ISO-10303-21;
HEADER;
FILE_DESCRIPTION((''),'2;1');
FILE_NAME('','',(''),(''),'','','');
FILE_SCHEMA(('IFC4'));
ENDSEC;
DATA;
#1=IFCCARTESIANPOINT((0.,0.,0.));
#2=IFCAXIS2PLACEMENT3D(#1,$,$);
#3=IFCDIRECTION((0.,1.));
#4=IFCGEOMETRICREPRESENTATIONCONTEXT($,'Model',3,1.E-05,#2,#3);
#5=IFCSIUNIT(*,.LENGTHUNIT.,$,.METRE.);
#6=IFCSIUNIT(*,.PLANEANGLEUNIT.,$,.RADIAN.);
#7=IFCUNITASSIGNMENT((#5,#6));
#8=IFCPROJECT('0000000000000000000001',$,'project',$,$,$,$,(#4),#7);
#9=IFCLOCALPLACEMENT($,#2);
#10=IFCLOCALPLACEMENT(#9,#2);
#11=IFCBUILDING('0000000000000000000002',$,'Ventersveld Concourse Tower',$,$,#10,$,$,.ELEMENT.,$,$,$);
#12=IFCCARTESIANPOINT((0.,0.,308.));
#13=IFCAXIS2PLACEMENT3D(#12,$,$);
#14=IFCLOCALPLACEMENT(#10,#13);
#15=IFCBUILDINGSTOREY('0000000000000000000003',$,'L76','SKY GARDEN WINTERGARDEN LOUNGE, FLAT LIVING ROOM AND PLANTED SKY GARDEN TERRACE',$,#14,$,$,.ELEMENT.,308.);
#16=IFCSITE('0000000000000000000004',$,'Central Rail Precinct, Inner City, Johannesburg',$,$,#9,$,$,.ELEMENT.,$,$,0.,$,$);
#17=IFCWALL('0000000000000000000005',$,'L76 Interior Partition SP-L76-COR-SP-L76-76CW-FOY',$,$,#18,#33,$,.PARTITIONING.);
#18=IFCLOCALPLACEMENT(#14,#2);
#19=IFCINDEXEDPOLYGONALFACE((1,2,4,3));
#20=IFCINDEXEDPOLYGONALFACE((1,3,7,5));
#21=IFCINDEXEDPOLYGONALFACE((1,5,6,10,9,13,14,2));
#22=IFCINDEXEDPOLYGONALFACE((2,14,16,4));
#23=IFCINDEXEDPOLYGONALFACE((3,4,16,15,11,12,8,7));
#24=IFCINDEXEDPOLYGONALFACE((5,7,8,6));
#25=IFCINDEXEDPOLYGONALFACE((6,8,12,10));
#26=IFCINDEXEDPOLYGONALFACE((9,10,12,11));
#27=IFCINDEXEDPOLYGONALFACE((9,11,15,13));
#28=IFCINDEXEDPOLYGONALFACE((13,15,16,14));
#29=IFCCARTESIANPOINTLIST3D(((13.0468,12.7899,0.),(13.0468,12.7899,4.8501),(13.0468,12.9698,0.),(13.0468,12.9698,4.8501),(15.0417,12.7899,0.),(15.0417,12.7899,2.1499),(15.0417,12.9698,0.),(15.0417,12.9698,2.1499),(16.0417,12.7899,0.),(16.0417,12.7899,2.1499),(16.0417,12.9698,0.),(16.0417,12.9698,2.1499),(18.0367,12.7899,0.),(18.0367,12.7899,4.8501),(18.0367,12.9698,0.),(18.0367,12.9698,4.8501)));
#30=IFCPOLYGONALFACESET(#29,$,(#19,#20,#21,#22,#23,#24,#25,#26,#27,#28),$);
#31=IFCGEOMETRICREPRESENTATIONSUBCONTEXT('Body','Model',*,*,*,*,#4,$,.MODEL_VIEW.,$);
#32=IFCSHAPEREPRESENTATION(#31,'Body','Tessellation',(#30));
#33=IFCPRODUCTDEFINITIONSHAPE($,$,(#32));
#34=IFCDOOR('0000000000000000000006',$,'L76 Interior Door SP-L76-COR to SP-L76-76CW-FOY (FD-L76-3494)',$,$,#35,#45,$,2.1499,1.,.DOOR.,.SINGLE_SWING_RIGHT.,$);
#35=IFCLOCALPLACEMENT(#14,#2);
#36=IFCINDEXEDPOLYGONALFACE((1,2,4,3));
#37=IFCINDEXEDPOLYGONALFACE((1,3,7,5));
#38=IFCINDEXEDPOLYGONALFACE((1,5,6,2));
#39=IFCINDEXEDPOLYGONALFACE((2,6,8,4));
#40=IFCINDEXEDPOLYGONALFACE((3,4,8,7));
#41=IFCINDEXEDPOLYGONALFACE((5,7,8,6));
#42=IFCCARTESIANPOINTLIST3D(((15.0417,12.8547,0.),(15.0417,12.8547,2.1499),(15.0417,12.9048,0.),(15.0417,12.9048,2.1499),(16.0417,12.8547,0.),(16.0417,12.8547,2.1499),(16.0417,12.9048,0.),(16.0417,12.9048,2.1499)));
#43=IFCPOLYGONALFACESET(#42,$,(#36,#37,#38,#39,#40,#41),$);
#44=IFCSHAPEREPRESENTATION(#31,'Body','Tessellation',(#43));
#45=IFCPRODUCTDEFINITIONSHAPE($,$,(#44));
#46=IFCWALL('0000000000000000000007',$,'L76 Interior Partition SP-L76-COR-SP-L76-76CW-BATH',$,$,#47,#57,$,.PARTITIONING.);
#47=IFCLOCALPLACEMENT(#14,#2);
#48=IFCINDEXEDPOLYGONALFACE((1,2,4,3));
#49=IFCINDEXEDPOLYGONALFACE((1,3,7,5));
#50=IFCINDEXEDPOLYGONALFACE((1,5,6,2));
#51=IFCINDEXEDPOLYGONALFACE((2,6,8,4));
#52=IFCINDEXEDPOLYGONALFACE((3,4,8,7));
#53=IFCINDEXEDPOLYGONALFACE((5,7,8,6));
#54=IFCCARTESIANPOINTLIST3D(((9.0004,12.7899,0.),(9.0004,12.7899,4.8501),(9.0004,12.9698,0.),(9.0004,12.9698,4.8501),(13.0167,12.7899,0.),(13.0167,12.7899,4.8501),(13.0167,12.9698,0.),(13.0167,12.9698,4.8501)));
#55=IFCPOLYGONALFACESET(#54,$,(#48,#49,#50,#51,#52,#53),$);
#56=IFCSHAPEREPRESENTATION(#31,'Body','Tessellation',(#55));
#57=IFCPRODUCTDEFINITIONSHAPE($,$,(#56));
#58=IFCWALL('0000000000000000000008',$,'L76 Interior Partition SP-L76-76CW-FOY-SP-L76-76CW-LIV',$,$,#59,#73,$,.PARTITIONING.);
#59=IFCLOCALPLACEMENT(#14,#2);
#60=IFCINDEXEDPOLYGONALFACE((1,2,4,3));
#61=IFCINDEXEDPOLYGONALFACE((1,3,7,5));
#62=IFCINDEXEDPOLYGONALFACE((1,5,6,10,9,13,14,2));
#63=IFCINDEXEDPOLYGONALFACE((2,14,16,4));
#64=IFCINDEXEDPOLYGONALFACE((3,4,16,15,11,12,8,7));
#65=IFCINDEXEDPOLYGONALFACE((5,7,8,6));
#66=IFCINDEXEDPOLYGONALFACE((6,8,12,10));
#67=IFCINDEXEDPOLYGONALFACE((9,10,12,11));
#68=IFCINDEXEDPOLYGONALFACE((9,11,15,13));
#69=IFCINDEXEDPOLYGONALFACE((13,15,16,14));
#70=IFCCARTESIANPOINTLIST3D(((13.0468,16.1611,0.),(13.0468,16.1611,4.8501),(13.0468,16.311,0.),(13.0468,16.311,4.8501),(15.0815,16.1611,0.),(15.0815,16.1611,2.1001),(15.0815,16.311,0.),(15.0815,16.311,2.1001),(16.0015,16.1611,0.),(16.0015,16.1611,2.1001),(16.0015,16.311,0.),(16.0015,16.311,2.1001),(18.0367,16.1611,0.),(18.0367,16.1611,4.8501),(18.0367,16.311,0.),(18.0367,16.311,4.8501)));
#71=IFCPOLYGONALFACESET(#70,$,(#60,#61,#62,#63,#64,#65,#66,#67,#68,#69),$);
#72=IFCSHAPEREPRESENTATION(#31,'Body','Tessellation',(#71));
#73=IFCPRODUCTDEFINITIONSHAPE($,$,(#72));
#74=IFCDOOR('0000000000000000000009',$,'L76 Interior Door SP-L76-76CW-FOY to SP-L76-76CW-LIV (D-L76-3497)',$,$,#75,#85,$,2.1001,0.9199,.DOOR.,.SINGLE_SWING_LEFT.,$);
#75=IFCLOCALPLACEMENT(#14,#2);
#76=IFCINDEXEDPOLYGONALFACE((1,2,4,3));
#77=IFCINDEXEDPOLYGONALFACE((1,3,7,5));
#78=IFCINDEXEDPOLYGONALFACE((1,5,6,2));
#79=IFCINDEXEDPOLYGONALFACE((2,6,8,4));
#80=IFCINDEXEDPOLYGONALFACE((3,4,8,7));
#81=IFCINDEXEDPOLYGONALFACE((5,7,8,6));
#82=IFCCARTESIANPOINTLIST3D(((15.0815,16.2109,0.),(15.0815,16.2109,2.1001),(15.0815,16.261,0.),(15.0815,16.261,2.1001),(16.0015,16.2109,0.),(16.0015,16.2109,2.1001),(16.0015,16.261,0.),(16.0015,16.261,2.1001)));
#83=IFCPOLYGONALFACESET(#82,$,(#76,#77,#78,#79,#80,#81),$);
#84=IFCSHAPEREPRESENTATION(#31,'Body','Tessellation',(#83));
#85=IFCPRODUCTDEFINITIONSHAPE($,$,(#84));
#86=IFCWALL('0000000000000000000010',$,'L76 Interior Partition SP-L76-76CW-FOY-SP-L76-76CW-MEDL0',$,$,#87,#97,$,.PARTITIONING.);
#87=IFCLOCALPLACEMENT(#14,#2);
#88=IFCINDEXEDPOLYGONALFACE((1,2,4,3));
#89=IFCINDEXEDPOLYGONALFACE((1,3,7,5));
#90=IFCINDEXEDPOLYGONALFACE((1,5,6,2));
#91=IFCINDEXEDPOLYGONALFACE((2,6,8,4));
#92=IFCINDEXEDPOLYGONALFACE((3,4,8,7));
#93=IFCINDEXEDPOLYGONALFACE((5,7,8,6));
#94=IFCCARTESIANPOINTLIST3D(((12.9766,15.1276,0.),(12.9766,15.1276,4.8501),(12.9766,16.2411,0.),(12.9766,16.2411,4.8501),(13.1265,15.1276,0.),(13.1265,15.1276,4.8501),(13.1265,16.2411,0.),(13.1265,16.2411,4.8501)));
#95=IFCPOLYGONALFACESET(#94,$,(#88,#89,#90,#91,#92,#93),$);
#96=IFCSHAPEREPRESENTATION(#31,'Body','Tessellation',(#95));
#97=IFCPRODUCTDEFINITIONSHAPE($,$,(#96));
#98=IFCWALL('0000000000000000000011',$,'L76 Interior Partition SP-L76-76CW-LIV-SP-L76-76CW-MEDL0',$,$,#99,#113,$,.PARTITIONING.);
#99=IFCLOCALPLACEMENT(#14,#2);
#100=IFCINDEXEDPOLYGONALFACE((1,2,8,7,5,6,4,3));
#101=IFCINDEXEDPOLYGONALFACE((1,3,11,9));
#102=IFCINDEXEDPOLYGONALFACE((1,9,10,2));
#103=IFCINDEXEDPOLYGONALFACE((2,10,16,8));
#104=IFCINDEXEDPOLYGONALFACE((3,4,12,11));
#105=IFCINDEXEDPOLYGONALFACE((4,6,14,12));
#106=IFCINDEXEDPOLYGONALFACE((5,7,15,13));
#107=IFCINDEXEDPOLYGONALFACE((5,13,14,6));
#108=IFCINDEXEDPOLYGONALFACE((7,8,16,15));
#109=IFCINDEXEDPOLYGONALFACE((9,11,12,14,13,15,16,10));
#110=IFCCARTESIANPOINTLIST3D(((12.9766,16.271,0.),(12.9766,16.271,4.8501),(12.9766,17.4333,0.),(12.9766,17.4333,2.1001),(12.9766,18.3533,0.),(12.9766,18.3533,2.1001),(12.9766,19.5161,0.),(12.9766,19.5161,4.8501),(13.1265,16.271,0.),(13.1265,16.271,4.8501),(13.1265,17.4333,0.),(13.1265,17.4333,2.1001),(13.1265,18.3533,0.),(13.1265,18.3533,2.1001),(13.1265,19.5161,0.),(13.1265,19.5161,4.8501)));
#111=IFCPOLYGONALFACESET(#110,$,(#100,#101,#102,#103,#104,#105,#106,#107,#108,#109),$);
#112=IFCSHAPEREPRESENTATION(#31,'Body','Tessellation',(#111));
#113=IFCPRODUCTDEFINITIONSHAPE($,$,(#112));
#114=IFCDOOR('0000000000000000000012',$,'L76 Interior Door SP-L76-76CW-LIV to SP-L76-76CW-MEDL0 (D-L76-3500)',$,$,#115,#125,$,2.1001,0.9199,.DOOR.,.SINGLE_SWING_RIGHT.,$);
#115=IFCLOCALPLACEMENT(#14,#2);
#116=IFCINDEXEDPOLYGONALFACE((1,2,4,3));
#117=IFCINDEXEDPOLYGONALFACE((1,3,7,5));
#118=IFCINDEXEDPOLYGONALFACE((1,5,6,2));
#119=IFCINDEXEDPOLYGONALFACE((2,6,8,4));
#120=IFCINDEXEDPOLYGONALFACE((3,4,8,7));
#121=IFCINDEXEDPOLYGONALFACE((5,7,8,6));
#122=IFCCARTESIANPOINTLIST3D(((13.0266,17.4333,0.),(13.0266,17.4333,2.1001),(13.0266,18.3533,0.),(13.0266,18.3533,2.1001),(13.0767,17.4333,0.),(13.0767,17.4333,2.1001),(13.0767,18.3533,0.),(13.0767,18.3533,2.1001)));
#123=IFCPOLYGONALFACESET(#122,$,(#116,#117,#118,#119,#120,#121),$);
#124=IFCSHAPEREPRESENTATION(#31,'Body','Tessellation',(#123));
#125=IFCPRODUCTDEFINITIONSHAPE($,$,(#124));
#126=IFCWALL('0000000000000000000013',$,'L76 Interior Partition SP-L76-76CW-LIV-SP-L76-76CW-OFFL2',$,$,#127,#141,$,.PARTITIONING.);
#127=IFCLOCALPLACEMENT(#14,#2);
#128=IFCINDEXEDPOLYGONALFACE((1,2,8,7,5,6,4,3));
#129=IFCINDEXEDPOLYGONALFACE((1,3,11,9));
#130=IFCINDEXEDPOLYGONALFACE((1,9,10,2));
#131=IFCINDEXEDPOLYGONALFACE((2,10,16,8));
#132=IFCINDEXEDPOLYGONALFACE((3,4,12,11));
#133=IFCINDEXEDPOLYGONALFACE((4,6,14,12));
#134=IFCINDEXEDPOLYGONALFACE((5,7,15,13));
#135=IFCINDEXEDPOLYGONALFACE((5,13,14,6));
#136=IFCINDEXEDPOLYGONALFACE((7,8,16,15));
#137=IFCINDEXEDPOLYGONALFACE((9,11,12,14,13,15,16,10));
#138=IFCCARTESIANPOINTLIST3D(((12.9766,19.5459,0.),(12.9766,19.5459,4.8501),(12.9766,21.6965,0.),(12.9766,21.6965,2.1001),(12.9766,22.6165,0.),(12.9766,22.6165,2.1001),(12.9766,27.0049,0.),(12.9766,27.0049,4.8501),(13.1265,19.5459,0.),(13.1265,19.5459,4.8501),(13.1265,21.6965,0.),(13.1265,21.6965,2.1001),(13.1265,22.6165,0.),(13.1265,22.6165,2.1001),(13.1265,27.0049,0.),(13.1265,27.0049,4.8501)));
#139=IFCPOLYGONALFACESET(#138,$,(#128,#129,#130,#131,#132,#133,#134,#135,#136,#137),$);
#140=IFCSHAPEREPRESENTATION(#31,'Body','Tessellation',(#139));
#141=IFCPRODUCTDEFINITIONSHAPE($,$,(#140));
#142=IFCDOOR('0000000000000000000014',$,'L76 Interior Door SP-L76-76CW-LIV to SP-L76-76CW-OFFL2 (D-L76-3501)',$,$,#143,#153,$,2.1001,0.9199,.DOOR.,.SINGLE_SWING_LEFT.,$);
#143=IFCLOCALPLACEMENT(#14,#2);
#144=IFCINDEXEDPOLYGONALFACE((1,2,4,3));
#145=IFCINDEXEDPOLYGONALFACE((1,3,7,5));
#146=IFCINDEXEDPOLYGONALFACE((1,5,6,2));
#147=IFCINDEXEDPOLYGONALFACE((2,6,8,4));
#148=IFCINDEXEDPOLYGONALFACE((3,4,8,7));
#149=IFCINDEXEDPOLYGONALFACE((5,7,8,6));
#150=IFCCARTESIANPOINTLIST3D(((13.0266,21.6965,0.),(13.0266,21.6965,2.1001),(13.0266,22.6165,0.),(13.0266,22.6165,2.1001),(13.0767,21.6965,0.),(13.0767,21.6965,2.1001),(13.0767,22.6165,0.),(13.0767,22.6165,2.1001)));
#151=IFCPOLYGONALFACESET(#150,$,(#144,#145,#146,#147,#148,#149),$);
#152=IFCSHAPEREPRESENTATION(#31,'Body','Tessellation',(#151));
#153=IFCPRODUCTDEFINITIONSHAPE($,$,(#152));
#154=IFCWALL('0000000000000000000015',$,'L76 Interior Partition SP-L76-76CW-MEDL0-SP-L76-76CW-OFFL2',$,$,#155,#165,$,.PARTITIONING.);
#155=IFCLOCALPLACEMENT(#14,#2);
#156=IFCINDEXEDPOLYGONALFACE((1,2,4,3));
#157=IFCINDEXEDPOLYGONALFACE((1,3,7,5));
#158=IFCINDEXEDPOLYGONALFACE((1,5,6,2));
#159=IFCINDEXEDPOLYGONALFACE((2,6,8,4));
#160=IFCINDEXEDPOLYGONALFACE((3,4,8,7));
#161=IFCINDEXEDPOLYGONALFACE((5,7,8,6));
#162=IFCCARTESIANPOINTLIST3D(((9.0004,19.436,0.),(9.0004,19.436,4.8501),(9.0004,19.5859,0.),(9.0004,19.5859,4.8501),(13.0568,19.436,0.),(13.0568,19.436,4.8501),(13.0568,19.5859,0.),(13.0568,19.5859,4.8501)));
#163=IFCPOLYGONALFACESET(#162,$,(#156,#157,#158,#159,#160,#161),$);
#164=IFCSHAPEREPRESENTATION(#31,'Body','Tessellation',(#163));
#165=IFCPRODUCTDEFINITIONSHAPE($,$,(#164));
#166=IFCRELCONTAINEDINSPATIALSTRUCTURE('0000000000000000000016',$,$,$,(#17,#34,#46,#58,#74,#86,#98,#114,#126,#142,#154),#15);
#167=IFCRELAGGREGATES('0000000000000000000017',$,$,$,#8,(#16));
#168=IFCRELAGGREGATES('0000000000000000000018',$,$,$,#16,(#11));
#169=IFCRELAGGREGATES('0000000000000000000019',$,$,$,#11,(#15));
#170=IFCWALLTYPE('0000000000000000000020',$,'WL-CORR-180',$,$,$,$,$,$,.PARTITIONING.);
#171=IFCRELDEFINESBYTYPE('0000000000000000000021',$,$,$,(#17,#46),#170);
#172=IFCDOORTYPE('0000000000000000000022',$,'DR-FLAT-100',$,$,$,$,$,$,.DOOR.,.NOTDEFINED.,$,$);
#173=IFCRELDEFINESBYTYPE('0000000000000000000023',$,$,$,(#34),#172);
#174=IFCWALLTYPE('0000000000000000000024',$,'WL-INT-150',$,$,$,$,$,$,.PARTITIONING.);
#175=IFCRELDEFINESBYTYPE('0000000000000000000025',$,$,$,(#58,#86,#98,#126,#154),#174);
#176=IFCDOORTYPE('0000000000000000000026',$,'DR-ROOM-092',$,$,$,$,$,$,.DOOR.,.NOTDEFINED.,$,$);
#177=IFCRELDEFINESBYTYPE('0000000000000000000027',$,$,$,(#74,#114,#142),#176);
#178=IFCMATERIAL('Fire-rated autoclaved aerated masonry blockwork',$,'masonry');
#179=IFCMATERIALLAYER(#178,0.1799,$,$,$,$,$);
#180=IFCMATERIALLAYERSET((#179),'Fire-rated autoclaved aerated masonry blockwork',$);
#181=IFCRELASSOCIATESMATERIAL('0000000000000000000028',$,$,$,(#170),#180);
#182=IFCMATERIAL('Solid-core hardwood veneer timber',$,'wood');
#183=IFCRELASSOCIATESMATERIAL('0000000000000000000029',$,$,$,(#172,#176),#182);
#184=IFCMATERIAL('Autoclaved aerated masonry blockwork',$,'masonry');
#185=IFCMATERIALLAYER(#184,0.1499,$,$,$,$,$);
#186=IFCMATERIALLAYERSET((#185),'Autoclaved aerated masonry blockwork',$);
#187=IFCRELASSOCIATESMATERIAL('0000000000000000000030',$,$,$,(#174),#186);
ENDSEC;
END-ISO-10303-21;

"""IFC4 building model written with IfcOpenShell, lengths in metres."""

from ifc_helpers import new_model, si_unit, direction, frame, frame_2d, origin, place, context, subcontext, project, spatial, rectangle, extrude, material, layer, layer_set, type_object, element, fill, save


model = new_model("IFC4")

# Units and contexts
model_context = context("Model", 3, precision=1e-05, world=origin(), true_north=direction((0.0, 1.0)))
body_context = subcontext(model_context, "Body", "Model", "MODEL_VIEW")
ifc_project = project(units=[si_unit("LENGTHUNIT", "METRE"), si_unit("PLANEANGLEUNIT", "RADIAN")], contexts=[model_context])

# Site, building, storey
site_placement = place(None, origin())
site = spatial("IfcSite", under=ifc_project, at=site_placement, Name="Central Rail Precinct, Inner City, Johannesburg", CompositionType="ELEMENT", RefElevation=0.0)
building_placement = place(site_placement, origin())
building = spatial("IfcBuilding", under=site, at=building_placement, Name="Ventersveld Concourse Tower", CompositionType="ELEMENT")
storey_placement = place(building_placement, frame((0.0, 0.0, 308.0)))
storey = spatial("IfcBuildingStorey", under=building, at=storey_placement, Name="L76", Description="SKY GARDEN WINTERGARDEN LOUNGE, FLAT LIVING ROOM AND PLANTED SKY GARDEN TERRACE", CompositionType="ELEMENT", Elevation=308.0)

# Wall, opening, door
ifc_material_1 = material(Name="Fire-rated autoclaved aerated masonry blockwork", Category="masonry")
ifc_layer_1 = layer(ifc_material_1, 0.1799)
ifc_layer_set_1 = layer_set([ifc_layer_1], Name="Fire-rated autoclaved aerated masonry blockwork")
wall_type_1 = type_object("IfcWallType", Name="WL-CORR-180", PredefinedType="PARTITIONING", material=ifc_layer_set_1)
ifc_material_2 = material(Name="Solid-core hardwood veneer timber", Category="wood")
door_type_1 = type_object("IfcDoorType", Name="DR-FLAT-100", OperationType="NOTDEFINED", PredefinedType="DOOR", material=ifc_material_2)
wall_1_placement = place(storey_placement, frame((13.0466, 12.8799, 0.0), z_axis=(0.0, 0.0, 1.0), x_axis=(1.0, 0.0, 0.0)))
wall_1 = element("IfcWall", 1, at=wall_1_placement, inside=storey, type_object=wall_type_1, Name="L76 Interior Partition SP-L76-COR-SP-L76-76CW-FOY", PredefinedType="PARTITIONING", context=body_context, shape_type="SweptSolid", body=[
    extrude(rectangle(XDim=4.99, YDim=0.1799, at=frame_2d((2.4951, 0.0))), origin(), (0.0, 0.0, 1.0), 4.8501),
])
opening_1_placement = place(wall_1_placement, frame((1.9951, 0.0, 0.0)))
opening_1 = element("IfcOpeningElement", 2, at=opening_1_placement, cuts=wall_1, PredefinedType="OPENING", context=body_context, shape_type="SweptSolid", body=[
    extrude(rectangle(XDim=1.0, YDim=2.1499, at=frame_2d((0.5, 1.075))), frame((0.0, 0.1001, 0.0), z_axis=(0.0, -1.0, 0.0), x_axis=(1.0, 0.0, 0.0)), (0.0, 0.0, 1.0), 0.2),
])
door_1_placement = place(opening_1_placement, origin())
door_1 = element("IfcDoor", 3, at=door_1_placement, inside=storey, type_object=door_type_1, Name="L76 Interior Door SP-L76-COR to SP-L76-76CW-FOY (FD-L76-3494)", OperationType="SINGLE_SWING_RIGHT", OverallHeight=2.1499, OverallWidth=1.0, PredefinedType="DOOR", context=body_context, shape_type="SweptSolid", body=[
    extrude(rectangle(XDim=1.0, YDim=2.1499, at=frame_2d((0.5, 1.075))), frame((0.0, 0.0249, 0.0), z_axis=(0.0, -1.0, 0.0), x_axis=(1.0, 0.0, 0.0)), (0.0, 0.0, 1.0), 0.05),
])
fill(opening_1, door_1)

# Wall
wall_2_placement = place(storey_placement, frame((9.0002, 12.8799, 0.0), z_axis=(0.0, 0.0, 1.0), x_axis=(1.0, 0.0, 0.0)))
element("IfcWall", 4, at=wall_2_placement, inside=storey, type_object=wall_type_1, Name="L76 Interior Partition SP-L76-COR-SP-L76-76CW-BATH", PredefinedType="PARTITIONING", context=body_context, shape_type="SweptSolid", body=[
    extrude(rectangle(XDim=4.0164, YDim=0.1799, at=frame_2d((2.0083, 0.0))), origin(), (0.0, 0.0, 1.0), 4.8501),
])

# Wall, opening, door
ifc_material_3 = material(Name="Autoclaved aerated masonry blockwork", Category="masonry")
ifc_layer_2 = layer(ifc_material_3, 0.1499)
ifc_layer_set_2 = layer_set([ifc_layer_2], Name="Autoclaved aerated masonry blockwork")
wall_type_2 = type_object("IfcWallType", Name="WL-INT-150", PredefinedType="PARTITIONING", material=ifc_layer_set_2)
wall_3_placement = place(storey_placement, frame((13.0466, 16.2361, 0.0), z_axis=(0.0, 0.0, 1.0), x_axis=(1.0, 0.0, 0.0)))
wall_3 = element("IfcWall", 5, at=wall_3_placement, inside=storey, type_object=wall_type_2, Name="L76 Interior Partition SP-L76-76CW-FOY-SP-L76-76CW-LIV", PredefinedType="PARTITIONING", context=body_context, shape_type="SweptSolid", body=[
    extrude(rectangle(XDim=4.99, YDim=0.1499, at=frame_2d((2.4951, 0.0))), origin(), (0.0, 0.0, 1.0), 4.8501),
])
opening_2_placement = place(wall_3_placement, frame((2.0349, 0.0, 0.0)))
opening_2 = element("IfcOpeningElement", 6, at=opening_2_placement, cuts=wall_3, PredefinedType="OPENING", context=body_context, shape_type="SweptSolid", body=[
    extrude(rectangle(XDim=0.9199, YDim=2.1001, at=frame_2d((0.46, 1.05))), frame((0.0, 0.085, 0.0), z_axis=(0.0, -1.0, 0.0), x_axis=(1.0, 0.0, 0.0)), (0.0, 0.0, 1.0), 0.1699),
])
door_type_2 = type_object("IfcDoorType", Name="DR-ROOM-092", OperationType="NOTDEFINED", PredefinedType="DOOR", material=ifc_material_2)
door_2_placement = place(opening_2_placement, origin())
door_2 = element("IfcDoor", 7, at=door_2_placement, inside=storey, type_object=door_type_2, Name="L76 Interior Door SP-L76-76CW-FOY to SP-L76-76CW-LIV (D-L76-3497)", OperationType="SINGLE_SWING_LEFT", OverallHeight=2.1001, OverallWidth=0.9199, PredefinedType="DOOR", context=body_context, shape_type="SweptSolid", body=[
    extrude(rectangle(XDim=0.9199, YDim=2.1001, at=frame_2d((0.46, 1.05))), frame((0.0, 0.0249, 0.0), z_axis=(0.0, -1.0, 0.0), x_axis=(1.0, 0.0, 0.0)), (0.0, 0.0, 1.0), 0.05),
])
fill(opening_2, door_2)

# Wall
wall_4_placement = place(storey_placement, frame((13.0515, 15.1277, 0.0), z_axis=(0.0, 0.0, 1.0), x_axis=(0.0, 1.0, 0.0)))
element("IfcWall", 8, at=wall_4_placement, inside=storey, type_object=wall_type_2, Name="L76 Interior Partition SP-L76-76CW-FOY-SP-L76-76CW-MEDL0", PredefinedType="PARTITIONING", context=body_context, shape_type="SweptSolid", body=[
    extrude(rectangle(XDim=1.1135, YDim=0.1499, at=frame_2d((0.5566, 0.0))), origin(), (0.0, 0.0, 1.0), 4.8501),
])

# Walls, openings, doors
wall_5_placement = place(storey_placement, frame((13.0515, 16.271, 0.0), z_axis=(0.0, 0.0, 1.0), x_axis=(0.0, 1.0, 0.0)))
wall_5 = element("IfcWall", 9, at=wall_5_placement, inside=storey, type_object=wall_type_2, Name="L76 Interior Partition SP-L76-76CW-LIV-SP-L76-76CW-MEDL0", PredefinedType="PARTITIONING", context=body_context, shape_type="SweptSolid", body=[
    extrude(rectangle(XDim=3.2451, YDim=0.1499, at=frame_2d((1.6226, 0.0))), origin(), (0.0, 0.0, 1.0), 4.8501),
])
opening_3_placement = place(wall_5_placement, frame((1.1624, 0.0, 0.0)))
opening_3 = element("IfcOpeningElement", 10, at=opening_3_placement, cuts=wall_5, PredefinedType="OPENING", context=body_context, shape_type="SweptSolid", body=[
    extrude(rectangle(XDim=0.9199, YDim=2.1001, at=frame_2d((0.46, 1.05))), frame((0.0, 0.085, 0.0), z_axis=(0.0, -1.0, 0.0), x_axis=(1.0, 0.0, 0.0)), (0.0, 0.0, 1.0), 0.1699),
])
door_3_placement = place(opening_3_placement, origin())
door_3 = element("IfcDoor", 11, at=door_3_placement, inside=storey, type_object=door_type_2, Name="L76 Interior Door SP-L76-76CW-LIV to SP-L76-76CW-MEDL0 (D-L76-3500)", OperationType="SINGLE_SWING_RIGHT", OverallHeight=2.1001, OverallWidth=0.9199, PredefinedType="DOOR", context=body_context, shape_type="SweptSolid", body=[
    extrude(rectangle(XDim=0.9199, YDim=2.1001, at=frame_2d((0.46, 1.05))), frame((0.0, 0.0249, 0.0), z_axis=(0.0, -1.0, 0.0), x_axis=(1.0, 0.0, 0.0)), (0.0, 0.0, 1.0), 0.05),
])
fill(opening_3, door_3)
wall_6_placement = place(storey_placement, frame((13.0515, 19.5459, 0.0), z_axis=(0.0, 0.0, 1.0), x_axis=(0.0, 1.0, 0.0)))
wall_6 = element("IfcWall", 12, at=wall_6_placement, inside=storey, type_object=wall_type_2, Name="L76 Interior Partition SP-L76-76CW-LIV-SP-L76-76CW-OFFL2", PredefinedType="PARTITIONING", context=body_context, shape_type="SweptSolid", body=[
    extrude(rectangle(XDim=7.459, YDim=0.1499, at=frame_2d((3.7295, 0.0))), origin(), (0.0, 0.0, 1.0), 4.8501),
])
opening_4_placement = place(wall_6_placement, frame((2.1506, 0.0, 0.0)))
opening_4 = element("IfcOpeningElement", 13, at=opening_4_placement, cuts=wall_6, PredefinedType="OPENING", context=body_context, shape_type="SweptSolid", body=[
    extrude(rectangle(XDim=0.9199, YDim=2.1001, at=frame_2d((0.46, 1.05))), frame((0.0, 0.085, 0.0), z_axis=(0.0, -1.0, 0.0), x_axis=(1.0, 0.0, 0.0)), (0.0, 0.0, 1.0), 0.1699),
])
door_4_placement = place(opening_4_placement, origin())
door_4 = element("IfcDoor", 14, at=door_4_placement, inside=storey, type_object=door_type_2, Name="L76 Interior Door SP-L76-76CW-LIV to SP-L76-76CW-OFFL2 (D-L76-3501)", OperationType="SINGLE_SWING_LEFT", OverallHeight=2.1001, OverallWidth=0.9199, PredefinedType="DOOR", context=body_context, shape_type="SweptSolid", body=[
    extrude(rectangle(XDim=0.9199, YDim=2.1001, at=frame_2d((0.46, 1.05))), frame((0.0, 0.0249, 0.0), z_axis=(0.0, -1.0, 0.0), x_axis=(1.0, 0.0, 0.0)), (0.0, 0.0, 1.0), 0.05),
])
fill(opening_4, door_4)

# Wall
wall_7_placement = place(storey_placement, frame((9.0002, 19.511, 0.0), z_axis=(0.0, 0.0, 1.0), x_axis=(1.0, 0.0, 0.0)))
element("IfcWall", 15, at=wall_7_placement, inside=storey, type_object=wall_type_2, Name="L76 Interior Partition SP-L76-76CW-MEDL0-SP-L76-76CW-OFFL2", PredefinedType="PARTITIONING", context=body_context, shape_type="SweptSolid", body=[
    extrude(rectangle(XDim=4.0564, YDim=0.1499, at=frame_2d((2.0283, 0.0))), origin(), (0.0, 0.0, 1.0), 4.8501),
])

save(model, "model.ifc")
